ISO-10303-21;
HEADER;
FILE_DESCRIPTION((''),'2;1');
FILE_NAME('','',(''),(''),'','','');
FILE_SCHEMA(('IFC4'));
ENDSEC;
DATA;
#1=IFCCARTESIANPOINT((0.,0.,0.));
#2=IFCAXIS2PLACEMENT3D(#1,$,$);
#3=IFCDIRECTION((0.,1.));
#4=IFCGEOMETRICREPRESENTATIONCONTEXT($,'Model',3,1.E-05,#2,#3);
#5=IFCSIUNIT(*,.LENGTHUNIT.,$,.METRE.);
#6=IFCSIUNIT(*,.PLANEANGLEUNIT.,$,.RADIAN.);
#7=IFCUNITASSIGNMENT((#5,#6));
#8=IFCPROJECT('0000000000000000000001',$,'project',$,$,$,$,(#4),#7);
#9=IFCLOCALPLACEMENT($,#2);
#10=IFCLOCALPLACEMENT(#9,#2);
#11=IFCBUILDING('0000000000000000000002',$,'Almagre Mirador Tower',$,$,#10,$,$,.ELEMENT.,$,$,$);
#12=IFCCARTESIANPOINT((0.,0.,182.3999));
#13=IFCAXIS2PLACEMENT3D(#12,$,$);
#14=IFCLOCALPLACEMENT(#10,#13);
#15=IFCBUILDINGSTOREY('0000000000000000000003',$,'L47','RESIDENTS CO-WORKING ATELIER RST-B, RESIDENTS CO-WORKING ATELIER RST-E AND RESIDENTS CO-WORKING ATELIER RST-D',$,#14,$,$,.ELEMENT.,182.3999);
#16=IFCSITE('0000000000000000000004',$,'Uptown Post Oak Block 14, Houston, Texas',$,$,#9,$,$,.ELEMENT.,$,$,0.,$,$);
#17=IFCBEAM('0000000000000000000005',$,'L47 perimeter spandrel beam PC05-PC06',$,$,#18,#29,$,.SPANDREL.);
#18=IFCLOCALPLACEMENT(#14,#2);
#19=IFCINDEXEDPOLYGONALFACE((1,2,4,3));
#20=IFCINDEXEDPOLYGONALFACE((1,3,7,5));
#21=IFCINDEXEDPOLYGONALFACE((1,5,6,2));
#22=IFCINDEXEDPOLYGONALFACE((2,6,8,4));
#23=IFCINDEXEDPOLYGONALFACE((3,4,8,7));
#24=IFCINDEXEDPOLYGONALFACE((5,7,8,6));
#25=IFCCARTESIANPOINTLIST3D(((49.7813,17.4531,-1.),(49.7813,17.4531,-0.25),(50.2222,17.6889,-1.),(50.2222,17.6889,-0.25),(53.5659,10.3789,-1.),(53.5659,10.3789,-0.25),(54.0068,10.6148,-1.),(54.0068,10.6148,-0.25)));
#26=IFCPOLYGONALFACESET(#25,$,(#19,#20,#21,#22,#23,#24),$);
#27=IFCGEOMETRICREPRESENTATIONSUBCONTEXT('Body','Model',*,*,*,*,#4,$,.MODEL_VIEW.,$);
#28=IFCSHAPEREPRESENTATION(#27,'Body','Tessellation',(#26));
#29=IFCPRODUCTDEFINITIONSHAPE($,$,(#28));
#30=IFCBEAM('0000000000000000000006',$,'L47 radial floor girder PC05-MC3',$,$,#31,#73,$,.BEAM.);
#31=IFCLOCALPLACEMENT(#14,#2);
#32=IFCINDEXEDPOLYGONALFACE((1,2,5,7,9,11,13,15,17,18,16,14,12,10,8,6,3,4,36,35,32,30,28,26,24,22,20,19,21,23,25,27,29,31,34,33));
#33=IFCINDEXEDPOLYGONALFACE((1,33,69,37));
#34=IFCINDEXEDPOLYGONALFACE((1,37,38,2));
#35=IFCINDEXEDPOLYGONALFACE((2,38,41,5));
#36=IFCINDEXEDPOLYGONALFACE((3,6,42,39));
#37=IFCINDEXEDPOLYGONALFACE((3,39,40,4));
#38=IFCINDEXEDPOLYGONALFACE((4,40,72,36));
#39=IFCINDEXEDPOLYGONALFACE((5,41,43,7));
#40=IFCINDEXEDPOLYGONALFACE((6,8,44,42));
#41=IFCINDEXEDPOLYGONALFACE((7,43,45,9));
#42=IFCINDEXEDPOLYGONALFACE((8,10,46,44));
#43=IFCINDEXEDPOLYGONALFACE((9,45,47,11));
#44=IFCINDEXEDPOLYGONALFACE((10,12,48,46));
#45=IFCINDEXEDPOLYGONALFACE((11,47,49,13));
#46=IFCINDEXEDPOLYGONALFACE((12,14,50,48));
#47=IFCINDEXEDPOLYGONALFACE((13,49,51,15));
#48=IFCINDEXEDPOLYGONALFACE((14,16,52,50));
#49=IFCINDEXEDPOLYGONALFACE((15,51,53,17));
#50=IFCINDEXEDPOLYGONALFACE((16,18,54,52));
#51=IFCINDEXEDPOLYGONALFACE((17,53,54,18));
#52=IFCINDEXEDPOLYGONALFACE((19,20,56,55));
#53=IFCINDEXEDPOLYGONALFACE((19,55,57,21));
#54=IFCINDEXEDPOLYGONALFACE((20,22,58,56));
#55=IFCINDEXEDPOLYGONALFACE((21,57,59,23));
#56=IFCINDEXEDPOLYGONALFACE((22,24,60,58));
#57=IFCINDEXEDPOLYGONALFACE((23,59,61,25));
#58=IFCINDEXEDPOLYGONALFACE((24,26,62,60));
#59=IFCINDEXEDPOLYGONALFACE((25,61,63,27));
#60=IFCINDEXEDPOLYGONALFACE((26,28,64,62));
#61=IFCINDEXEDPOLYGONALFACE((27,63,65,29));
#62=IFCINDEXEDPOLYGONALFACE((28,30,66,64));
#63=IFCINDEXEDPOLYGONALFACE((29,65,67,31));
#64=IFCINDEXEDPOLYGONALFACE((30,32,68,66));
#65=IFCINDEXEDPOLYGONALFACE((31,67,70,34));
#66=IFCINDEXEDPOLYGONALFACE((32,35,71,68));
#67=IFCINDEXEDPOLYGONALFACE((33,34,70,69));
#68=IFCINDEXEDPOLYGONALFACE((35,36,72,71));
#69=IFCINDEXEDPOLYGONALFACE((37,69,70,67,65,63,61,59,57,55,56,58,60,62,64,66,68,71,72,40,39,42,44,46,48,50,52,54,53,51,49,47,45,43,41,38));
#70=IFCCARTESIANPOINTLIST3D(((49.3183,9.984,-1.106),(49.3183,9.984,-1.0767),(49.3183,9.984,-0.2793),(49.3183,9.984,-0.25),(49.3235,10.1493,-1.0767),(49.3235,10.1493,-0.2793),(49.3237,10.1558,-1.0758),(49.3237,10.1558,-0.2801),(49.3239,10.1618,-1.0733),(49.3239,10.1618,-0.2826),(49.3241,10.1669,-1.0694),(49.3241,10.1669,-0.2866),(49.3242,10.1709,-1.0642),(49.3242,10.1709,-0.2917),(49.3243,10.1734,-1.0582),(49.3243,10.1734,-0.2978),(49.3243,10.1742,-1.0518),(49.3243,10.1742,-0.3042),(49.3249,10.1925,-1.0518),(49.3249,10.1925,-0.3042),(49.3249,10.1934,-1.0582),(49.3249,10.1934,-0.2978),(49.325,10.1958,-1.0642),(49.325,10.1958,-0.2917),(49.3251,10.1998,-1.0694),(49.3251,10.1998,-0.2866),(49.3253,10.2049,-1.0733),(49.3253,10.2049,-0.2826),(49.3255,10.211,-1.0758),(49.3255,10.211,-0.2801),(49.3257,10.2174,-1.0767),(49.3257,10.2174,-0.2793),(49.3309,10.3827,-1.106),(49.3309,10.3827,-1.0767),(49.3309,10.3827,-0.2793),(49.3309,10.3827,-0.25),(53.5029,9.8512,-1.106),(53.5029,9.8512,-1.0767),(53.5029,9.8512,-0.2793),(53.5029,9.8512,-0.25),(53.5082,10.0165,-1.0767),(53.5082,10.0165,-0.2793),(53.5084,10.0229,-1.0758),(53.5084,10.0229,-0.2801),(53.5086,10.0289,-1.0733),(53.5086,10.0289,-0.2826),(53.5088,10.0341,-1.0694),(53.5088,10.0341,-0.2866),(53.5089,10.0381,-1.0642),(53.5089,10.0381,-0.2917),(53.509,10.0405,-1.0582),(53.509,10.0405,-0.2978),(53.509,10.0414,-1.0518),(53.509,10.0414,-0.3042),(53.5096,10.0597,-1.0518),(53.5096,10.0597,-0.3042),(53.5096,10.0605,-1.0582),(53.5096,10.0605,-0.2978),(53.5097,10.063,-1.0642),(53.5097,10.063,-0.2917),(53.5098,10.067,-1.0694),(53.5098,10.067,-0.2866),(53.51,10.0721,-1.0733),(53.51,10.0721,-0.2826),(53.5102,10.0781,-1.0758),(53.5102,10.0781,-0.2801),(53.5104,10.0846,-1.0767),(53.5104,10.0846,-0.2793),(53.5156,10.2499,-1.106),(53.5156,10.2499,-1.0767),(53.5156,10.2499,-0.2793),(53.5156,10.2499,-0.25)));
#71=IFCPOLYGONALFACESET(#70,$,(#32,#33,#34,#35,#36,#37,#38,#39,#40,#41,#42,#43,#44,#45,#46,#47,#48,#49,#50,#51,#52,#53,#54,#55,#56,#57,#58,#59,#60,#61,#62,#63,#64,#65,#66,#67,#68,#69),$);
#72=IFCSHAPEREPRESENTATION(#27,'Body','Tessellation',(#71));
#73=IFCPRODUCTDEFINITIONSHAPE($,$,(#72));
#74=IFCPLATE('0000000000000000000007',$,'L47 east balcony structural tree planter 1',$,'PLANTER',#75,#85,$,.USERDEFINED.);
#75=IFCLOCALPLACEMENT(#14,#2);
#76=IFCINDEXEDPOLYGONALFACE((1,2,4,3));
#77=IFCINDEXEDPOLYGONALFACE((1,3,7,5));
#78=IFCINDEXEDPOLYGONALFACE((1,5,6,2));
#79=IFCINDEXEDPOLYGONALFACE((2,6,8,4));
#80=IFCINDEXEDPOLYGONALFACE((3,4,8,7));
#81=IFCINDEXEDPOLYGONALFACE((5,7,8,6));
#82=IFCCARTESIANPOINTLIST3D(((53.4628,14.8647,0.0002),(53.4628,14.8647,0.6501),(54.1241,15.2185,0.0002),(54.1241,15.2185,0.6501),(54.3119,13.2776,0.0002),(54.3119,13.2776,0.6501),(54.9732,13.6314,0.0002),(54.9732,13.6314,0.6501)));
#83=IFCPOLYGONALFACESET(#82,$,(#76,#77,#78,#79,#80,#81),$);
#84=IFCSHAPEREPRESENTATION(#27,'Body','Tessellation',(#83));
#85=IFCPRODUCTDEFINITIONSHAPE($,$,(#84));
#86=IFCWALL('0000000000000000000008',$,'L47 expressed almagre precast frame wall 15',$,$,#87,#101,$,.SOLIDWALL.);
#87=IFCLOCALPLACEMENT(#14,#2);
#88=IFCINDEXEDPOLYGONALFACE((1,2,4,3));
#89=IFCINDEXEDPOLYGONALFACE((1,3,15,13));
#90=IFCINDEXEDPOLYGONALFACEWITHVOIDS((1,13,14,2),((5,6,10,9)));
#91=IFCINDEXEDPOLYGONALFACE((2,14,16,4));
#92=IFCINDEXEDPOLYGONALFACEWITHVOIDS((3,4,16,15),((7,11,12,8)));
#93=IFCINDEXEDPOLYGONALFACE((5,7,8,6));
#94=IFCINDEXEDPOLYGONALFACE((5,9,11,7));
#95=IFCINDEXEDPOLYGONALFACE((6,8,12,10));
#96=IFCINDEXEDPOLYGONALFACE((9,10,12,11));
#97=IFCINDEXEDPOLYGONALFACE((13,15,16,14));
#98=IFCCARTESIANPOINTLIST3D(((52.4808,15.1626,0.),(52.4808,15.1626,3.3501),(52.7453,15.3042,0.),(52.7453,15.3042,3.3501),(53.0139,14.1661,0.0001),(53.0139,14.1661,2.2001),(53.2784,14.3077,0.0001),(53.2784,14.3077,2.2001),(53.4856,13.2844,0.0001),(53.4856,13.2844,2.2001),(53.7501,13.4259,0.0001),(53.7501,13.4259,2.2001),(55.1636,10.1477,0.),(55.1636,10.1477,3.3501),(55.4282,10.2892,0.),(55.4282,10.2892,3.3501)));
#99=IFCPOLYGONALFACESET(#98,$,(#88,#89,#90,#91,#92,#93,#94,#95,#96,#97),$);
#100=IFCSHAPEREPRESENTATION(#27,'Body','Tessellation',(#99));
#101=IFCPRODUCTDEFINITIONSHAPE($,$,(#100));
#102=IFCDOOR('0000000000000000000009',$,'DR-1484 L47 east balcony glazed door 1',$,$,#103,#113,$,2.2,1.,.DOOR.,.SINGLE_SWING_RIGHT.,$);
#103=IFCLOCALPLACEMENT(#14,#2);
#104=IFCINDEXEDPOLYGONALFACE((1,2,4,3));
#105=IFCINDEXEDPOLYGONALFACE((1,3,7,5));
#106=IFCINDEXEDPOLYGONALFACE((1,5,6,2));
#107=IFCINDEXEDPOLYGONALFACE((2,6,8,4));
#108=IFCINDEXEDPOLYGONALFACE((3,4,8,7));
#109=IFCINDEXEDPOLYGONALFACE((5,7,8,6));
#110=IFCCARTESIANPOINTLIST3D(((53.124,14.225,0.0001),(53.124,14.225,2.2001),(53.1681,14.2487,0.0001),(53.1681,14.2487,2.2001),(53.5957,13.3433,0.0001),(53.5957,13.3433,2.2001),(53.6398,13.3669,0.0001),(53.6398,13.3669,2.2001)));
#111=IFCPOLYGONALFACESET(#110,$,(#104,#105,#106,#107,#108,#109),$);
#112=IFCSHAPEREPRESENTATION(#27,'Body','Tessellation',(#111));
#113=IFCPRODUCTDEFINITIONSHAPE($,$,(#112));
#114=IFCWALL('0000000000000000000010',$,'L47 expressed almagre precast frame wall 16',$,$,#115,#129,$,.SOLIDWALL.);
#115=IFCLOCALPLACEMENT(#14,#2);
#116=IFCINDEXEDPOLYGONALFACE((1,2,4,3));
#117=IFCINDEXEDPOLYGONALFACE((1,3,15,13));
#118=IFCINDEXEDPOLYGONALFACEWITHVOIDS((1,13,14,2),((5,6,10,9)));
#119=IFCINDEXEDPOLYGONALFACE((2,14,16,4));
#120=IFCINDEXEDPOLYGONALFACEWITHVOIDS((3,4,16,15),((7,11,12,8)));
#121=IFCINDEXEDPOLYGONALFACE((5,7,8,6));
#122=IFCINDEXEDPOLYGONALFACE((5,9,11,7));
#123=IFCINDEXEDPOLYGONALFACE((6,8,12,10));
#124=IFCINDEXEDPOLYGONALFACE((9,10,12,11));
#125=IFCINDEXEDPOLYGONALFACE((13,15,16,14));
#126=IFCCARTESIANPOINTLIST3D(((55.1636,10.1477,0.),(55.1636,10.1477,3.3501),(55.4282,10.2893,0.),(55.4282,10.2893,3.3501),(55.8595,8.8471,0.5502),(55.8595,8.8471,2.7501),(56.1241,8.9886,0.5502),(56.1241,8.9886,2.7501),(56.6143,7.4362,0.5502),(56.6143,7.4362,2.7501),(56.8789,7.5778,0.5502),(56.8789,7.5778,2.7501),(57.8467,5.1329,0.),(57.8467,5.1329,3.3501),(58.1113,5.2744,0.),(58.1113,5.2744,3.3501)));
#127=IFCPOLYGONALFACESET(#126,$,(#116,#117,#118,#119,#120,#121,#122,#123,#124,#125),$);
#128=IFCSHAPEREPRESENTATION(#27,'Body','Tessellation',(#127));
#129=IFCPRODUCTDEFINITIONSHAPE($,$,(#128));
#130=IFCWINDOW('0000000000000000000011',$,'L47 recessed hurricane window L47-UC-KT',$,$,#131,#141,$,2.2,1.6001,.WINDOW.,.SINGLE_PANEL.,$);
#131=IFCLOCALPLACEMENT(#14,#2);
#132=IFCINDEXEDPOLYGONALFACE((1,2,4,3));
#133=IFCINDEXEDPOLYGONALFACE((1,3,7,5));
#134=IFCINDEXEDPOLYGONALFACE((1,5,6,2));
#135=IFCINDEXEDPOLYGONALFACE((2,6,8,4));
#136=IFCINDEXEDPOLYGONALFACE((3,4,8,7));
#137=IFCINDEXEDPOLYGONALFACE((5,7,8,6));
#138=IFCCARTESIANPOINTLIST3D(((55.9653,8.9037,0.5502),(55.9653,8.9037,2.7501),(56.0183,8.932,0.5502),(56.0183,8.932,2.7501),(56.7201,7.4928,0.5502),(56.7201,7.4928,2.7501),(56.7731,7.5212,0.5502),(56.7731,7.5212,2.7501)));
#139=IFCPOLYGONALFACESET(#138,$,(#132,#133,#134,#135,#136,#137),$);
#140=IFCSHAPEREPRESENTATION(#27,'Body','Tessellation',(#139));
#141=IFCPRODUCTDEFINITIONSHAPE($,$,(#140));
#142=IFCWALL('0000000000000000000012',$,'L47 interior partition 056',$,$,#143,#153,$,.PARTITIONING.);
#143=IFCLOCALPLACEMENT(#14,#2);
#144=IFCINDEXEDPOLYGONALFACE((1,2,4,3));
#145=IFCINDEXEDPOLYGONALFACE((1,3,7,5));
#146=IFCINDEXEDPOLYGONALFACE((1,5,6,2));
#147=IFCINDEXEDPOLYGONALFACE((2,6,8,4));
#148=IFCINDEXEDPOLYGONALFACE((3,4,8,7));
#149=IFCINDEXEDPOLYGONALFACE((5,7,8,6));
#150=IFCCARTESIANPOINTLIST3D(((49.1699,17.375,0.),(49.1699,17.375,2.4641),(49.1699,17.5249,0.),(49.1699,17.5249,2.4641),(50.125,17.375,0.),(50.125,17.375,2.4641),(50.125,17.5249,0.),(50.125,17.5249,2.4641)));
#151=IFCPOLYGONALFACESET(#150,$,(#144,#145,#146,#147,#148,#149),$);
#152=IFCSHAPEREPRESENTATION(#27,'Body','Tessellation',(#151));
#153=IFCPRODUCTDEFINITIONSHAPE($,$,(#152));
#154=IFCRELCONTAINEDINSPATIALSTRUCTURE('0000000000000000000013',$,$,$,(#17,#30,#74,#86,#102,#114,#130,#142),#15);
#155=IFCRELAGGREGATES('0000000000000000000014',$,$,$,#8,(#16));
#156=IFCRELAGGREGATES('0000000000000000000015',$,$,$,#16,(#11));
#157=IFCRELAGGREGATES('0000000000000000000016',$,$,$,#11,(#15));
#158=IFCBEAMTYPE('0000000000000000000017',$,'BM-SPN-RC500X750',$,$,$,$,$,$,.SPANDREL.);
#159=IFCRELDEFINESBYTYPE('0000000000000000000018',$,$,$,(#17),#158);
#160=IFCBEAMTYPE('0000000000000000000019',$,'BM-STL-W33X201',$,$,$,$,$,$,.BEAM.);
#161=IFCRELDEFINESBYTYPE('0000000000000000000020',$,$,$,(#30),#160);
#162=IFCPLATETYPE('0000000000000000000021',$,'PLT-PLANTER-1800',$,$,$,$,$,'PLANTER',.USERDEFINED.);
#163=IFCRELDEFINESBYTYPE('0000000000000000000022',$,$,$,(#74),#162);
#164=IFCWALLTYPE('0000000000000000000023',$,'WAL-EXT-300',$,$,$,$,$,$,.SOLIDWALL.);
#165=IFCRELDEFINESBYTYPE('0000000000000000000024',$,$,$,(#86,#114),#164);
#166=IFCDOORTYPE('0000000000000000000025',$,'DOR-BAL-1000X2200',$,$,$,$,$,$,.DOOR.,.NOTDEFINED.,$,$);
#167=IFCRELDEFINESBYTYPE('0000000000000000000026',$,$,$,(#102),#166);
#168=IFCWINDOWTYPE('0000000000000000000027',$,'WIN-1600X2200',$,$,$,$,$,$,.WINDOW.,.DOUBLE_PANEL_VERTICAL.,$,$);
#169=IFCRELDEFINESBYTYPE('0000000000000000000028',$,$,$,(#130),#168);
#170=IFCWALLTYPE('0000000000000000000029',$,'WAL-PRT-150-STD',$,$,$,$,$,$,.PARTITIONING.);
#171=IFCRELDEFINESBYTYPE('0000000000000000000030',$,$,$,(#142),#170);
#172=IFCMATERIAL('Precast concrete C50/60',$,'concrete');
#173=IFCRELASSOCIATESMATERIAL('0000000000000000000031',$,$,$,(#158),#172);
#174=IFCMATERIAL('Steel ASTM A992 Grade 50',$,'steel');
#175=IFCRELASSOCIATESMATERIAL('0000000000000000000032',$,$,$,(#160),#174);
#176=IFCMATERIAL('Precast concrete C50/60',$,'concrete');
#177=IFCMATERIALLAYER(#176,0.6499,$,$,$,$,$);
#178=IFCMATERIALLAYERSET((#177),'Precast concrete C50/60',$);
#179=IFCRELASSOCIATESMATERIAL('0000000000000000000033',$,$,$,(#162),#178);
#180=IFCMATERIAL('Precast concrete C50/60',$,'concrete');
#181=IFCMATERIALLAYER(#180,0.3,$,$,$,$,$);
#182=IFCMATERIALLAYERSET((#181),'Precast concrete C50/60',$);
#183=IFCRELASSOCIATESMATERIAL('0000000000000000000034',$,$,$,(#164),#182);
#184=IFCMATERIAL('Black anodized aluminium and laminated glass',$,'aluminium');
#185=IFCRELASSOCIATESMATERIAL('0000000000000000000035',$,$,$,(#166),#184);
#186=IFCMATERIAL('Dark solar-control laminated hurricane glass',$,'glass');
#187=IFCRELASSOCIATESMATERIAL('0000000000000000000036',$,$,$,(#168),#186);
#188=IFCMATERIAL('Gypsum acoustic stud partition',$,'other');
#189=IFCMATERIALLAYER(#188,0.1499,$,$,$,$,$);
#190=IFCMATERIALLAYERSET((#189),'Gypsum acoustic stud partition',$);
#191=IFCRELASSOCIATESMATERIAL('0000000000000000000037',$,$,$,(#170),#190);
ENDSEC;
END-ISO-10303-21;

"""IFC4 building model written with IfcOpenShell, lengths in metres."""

from ifc_helpers import new_model, si_unit, direction, frame, frame_2d, origin, origin_2d, place, context, subcontext, project, spatial, rectangle, i_section, extrude, material, layer, layer_set, material_profile, profile_set, type_object, element, fill, save


model = new_model("IFC4")

# Units and contexts
model_context = context("Model", 3, precision=1e-05, world=origin(), true_north=direction((0.0, 1.0)))
body_context = subcontext(model_context, "Body", "Model", "MODEL_VIEW")
ifc_project = project(units=[si_unit("LENGTHUNIT", "METRE"), si_unit("PLANEANGLEUNIT", "RADIAN")], contexts=[model_context])

# Site, building, storey
site_placement = place(None, origin())
site = spatial("IfcSite", under=ifc_project, at=site_placement, Name="Uptown Post Oak Block 14, Houston, Texas", CompositionType="ELEMENT", RefElevation=0.0)
building_placement = place(site_placement, origin())
building = spatial("IfcBuilding", under=site, at=building_placement, Name="Almagre Mirador Tower", CompositionType="ELEMENT")
storey_placement = place(building_placement, frame((0.0, 0.0, 182.3999)))
storey = spatial("IfcBuildingStorey", under=building, at=storey_placement, Name="L47", Description="RESIDENTS CO-WORKING ATELIER RST-B, RESIDENTS CO-WORKING ATELIER RST-E AND RESIDENTS CO-WORKING ATELIER RST-D", CompositionType="ELEMENT", Elevation=182.3999)

# Beams
ifc_material_1 = material(Name="Precast concrete C50/60", Category="concrete")
ifc_material_profile_1 = material_profile(ifc_material_1, rectangle(XDim=0.5, YDim=0.75, at=origin_2d()), Name="RC500X750")
ifc_profile_set_1 = profile_set([ifc_material_profile_1], Name="Precast concrete C50/60")
beam_type_1 = type_object("IfcBeamType", Name="BM-SPN-RC500X750", PredefinedType="SPANDREL", material=ifc_profile_set_1)
beam_1_placement = place(storey_placement, frame((53.7864, 10.4968, -0.625), z_axis=(-0.471728, 0.881744, 0.0), x_axis=(-0.881744, -0.471728, 0.0)))
element("IfcBeam", 1, at=beam_1_placement, inside=storey, type_object=beam_type_1, Name="L47 perimeter spandrel beam PC05-PC06", PredefinedType="SPANDREL", context=body_context, shape_type="SweptSolid", body=[
    extrude(rectangle(XDim=0.5, YDim=0.75, at=origin_2d()), origin(), (0.0, 0.0, 1.0), 8.0229),
])
ifc_material_2 = material(Name="Steel ASTM A992 Grade 50", Category="steel")
ifc_material_profile_2 = material_profile(ifc_material_2, i_section(OverallWidth=0.3989, OverallDepth=0.856, WebThickness=0.0183, FlangeThickness=0.0293, FilletRadius=0.0249, at=origin_2d()), Name="W33X201")
ifc_profile_set_2 = profile_set([ifc_material_profile_2], Name="Steel ASTM A992 Grade 50")
beam_type_2 = type_object("IfcBeamType", Name="BM-STL-W33X201", PredefinedType="BEAM", material=ifc_profile_set_2)
beam_2_placement = place(storey_placement, frame((53.5093, 10.0505, -0.678), z_axis=(-0.999497, 0.031723, 0.0), x_axis=(-0.031723, -0.999497, 0.0)))
element("IfcBeam", 2, at=beam_2_placement, inside=storey, type_object=beam_type_2, Name="L47 radial floor girder PC05-MC3", PredefinedType="BEAM", context=body_context, shape_type="SweptSolid", body=[
    extrude(i_section(OverallWidth=0.3989, OverallDepth=0.856, WebThickness=0.0183, FlangeThickness=0.0293, FilletRadius=0.0249, at=origin_2d()), origin(), (0.0, 0.0, 1.0), 4.1868),
])

# Plate
ifc_material_3 = material(Name="Precast concrete C50/60", Category="concrete")
ifc_layer_1 = layer(ifc_material_3, 0.6499)
ifc_layer_set_1 = layer_set([ifc_layer_1], Name="Precast concrete C50/60")
plate_type = type_object("IfcPlateType", Name="PLT-PLANTER-1800", ElementType="PLANTER", PredefinedType="USERDEFINED", material=ifc_layer_set_1)
plate_placement = place(storey_placement, frame((54.218, 14.248, 0.0002), z_axis=(0.0, 0.0, 1.0), x_axis=(-0.471735, 0.88174, 0.0)))
element("IfcPlate", 3, at=plate_placement, inside=storey, type_object=plate_type, Name="L47 east balcony structural tree planter 1", ObjectType="PLANTER", PredefinedType="USERDEFINED", context=body_context, shape_type="SweptSolid", body=[
    extrude(rectangle(XDim=1.8, YDim=0.75, at=origin_2d()), origin(), (0.0, 0.0, 1.0), 0.6499),
])

# Wall, opening, door
ifc_material_4 = material(Name="Precast concrete C50/60", Category="concrete")
ifc_layer_2 = layer(ifc_material_4, 0.3)
ifc_layer_set_2 = layer_set([ifc_layer_2], Name="Precast concrete C50/60")
wall_type_1 = type_object("IfcWallType", Name="WAL-EXT-300", PredefinedType="SOLIDWALL", material=ifc_layer_set_2)
wall_1_placement = place(storey_placement, frame((52.613, 15.2334, 0.0), z_axis=(0.0, 0.0, 1.0), x_axis=(0.471717, -0.88175, 0.0)))
wall_1 = element("IfcWall", 4, at=wall_1_placement, inside=storey, type_object=wall_type_1, Name="L47 expressed almagre precast frame wall 15", PredefinedType="SOLIDWALL", context=body_context, shape_type="SweptSolid", body=[
    extrude(rectangle(XDim=5.6875, YDim=0.3, at=frame_2d((2.8438, 0.0))), origin(), (0.0, 0.0, 1.0), 3.3501),
])
opening_1_placement = place(wall_1_placement, frame((1.1301, 0.0, 0.0)))
opening_1 = element("IfcOpeningElement", 5, at=opening_1_placement, cuts=wall_1, PredefinedType="OPENING", context=body_context, shape_type="SweptSolid", body=[
    extrude(rectangle(XDim=1.0, YDim=2.2, at=frame_2d((0.5, 1.1001))), frame((0.0, 0.1599, 0.0), z_axis=(0.0, -1.0, 0.0), x_axis=(1.0, 0.0, 0.0)), (0.0, 0.0, 1.0), 0.32),
])
ifc_material_5 = material(Name="Black anodized aluminium and laminated glass", Category="aluminium")
door_type_1 = type_object("IfcDoorType", Name="DOR-BAL-1000X2200", OperationType="NOTDEFINED", PredefinedType="DOOR", material=ifc_material_5)
door_1_placement = place(opening_1_placement, origin())
door_1 = element("IfcDoor", 6, at=door_1_placement, inside=storey, type_object=door_type_1, Name="DR-1484 L47 east balcony glazed door 1", OperationType="SINGLE_SWING_RIGHT", OverallHeight=2.2, OverallWidth=1.0, PredefinedType="DOOR", context=body_context, shape_type="SweptSolid", body=[
    extrude(rectangle(XDim=1.0, YDim=2.2, at=frame_2d((0.5, 1.1001))), frame((0.0, 0.0249, 0.0), z_axis=(0.0, -1.0, 0.0), x_axis=(1.0, 0.0, 0.0)), (0.0, 0.0, 1.0), 0.05),
])
fill(opening_1, door_1)

# Wall, opening, window
wall_2_placement = place(storey_placement, frame((55.2959, 10.2185, 0.0), z_axis=(0.0, 0.0, 1.0), x_axis=(0.471751, -0.881732, 0.0)))
wall_2 = element("IfcWall", 7, at=wall_2_placement, inside=storey, type_object=wall_type_1, Name="L47 expressed almagre precast frame wall 16", PredefinedType="SOLIDWALL", context=body_context, shape_type="SweptSolid", body=[
    extrude(rectangle(XDim=5.6875, YDim=0.3, at=frame_2d((2.8438, 0.0))), origin(), (0.0, 0.0, 1.0), 3.3501),
])
opening_2_placement = place(wall_2_placement, frame((1.4751, 0.0, 0.55)))
opening_2 = element("IfcOpeningElement", 8, at=opening_2_placement, cuts=wall_2, PredefinedType="OPENING", context=body_context, shape_type="SweptSolid", body=[
    extrude(rectangle(XDim=1.6001, YDim=2.2, at=frame_2d((0.8, 1.1001))), frame((0.0, 0.1599, 0.0), z_axis=(0.0, -1.0, 0.0), x_axis=(1.0, 0.0, 0.0)), (0.0, 0.0, 1.0), 0.32),
])
ifc_material_6 = material(Name="Dark solar-control laminated hurricane glass", Category="glass")
window_type = type_object("IfcWindowType", Name="WIN-1600X2200", PartitioningType="DOUBLE_PANEL_VERTICAL", PredefinedType="WINDOW", material=ifc_material_6)
window_placement = place(opening_2_placement, origin())
window = element("IfcWindow", 9, at=window_placement, inside=storey, type_object=window_type, Name="L47 recessed hurricane window L47-UC-KT", OverallHeight=2.2, OverallWidth=1.6001, PartitioningType="SINGLE_PANEL", PredefinedType="WINDOW", context=body_context, shape_type="SweptSolid", body=[
    extrude(rectangle(XDim=1.6001, YDim=2.2, at=frame_2d((0.8, 1.1001))), frame((0.0, 0.03, 0.0), z_axis=(0.0, -1.0, 0.0), x_axis=(1.0, 0.0, 0.0)), (0.0, 0.0, 1.0), 0.0601),
])
fill(opening_2, window)

# Wall
ifc_material_7 = material(Name="Gypsum acoustic stud partition", Category="other")
ifc_layer_3 = layer(ifc_material_7, 0.1499)
ifc_layer_set_3 = layer_set([ifc_layer_3], Name="Gypsum acoustic stud partition")
wall_type_2 = type_object("IfcWallType", Name="WAL-PRT-150-STD", PredefinedType="PARTITIONING", material=ifc_layer_set_3)
wall_3_placement = place(storey_placement, frame((50.125, 17.45, 0.0), z_axis=(0.0, 0.0, 1.0), x_axis=(-1.0, 0.0, 0.0)))
element("IfcWall", 10, at=wall_3_placement, inside=storey, type_object=wall_type_2, Name="L47 interior partition 056", PredefinedType="PARTITIONING", context=body_context, shape_type="SweptSolid", body=[
    extrude(rectangle(XDim=0.9551, YDim=0.1499, at=frame_2d((0.4775, 0.0))), origin(), (0.0, 0.0, 1.0), 2.4641),
])

save(model, "model.ifc")
